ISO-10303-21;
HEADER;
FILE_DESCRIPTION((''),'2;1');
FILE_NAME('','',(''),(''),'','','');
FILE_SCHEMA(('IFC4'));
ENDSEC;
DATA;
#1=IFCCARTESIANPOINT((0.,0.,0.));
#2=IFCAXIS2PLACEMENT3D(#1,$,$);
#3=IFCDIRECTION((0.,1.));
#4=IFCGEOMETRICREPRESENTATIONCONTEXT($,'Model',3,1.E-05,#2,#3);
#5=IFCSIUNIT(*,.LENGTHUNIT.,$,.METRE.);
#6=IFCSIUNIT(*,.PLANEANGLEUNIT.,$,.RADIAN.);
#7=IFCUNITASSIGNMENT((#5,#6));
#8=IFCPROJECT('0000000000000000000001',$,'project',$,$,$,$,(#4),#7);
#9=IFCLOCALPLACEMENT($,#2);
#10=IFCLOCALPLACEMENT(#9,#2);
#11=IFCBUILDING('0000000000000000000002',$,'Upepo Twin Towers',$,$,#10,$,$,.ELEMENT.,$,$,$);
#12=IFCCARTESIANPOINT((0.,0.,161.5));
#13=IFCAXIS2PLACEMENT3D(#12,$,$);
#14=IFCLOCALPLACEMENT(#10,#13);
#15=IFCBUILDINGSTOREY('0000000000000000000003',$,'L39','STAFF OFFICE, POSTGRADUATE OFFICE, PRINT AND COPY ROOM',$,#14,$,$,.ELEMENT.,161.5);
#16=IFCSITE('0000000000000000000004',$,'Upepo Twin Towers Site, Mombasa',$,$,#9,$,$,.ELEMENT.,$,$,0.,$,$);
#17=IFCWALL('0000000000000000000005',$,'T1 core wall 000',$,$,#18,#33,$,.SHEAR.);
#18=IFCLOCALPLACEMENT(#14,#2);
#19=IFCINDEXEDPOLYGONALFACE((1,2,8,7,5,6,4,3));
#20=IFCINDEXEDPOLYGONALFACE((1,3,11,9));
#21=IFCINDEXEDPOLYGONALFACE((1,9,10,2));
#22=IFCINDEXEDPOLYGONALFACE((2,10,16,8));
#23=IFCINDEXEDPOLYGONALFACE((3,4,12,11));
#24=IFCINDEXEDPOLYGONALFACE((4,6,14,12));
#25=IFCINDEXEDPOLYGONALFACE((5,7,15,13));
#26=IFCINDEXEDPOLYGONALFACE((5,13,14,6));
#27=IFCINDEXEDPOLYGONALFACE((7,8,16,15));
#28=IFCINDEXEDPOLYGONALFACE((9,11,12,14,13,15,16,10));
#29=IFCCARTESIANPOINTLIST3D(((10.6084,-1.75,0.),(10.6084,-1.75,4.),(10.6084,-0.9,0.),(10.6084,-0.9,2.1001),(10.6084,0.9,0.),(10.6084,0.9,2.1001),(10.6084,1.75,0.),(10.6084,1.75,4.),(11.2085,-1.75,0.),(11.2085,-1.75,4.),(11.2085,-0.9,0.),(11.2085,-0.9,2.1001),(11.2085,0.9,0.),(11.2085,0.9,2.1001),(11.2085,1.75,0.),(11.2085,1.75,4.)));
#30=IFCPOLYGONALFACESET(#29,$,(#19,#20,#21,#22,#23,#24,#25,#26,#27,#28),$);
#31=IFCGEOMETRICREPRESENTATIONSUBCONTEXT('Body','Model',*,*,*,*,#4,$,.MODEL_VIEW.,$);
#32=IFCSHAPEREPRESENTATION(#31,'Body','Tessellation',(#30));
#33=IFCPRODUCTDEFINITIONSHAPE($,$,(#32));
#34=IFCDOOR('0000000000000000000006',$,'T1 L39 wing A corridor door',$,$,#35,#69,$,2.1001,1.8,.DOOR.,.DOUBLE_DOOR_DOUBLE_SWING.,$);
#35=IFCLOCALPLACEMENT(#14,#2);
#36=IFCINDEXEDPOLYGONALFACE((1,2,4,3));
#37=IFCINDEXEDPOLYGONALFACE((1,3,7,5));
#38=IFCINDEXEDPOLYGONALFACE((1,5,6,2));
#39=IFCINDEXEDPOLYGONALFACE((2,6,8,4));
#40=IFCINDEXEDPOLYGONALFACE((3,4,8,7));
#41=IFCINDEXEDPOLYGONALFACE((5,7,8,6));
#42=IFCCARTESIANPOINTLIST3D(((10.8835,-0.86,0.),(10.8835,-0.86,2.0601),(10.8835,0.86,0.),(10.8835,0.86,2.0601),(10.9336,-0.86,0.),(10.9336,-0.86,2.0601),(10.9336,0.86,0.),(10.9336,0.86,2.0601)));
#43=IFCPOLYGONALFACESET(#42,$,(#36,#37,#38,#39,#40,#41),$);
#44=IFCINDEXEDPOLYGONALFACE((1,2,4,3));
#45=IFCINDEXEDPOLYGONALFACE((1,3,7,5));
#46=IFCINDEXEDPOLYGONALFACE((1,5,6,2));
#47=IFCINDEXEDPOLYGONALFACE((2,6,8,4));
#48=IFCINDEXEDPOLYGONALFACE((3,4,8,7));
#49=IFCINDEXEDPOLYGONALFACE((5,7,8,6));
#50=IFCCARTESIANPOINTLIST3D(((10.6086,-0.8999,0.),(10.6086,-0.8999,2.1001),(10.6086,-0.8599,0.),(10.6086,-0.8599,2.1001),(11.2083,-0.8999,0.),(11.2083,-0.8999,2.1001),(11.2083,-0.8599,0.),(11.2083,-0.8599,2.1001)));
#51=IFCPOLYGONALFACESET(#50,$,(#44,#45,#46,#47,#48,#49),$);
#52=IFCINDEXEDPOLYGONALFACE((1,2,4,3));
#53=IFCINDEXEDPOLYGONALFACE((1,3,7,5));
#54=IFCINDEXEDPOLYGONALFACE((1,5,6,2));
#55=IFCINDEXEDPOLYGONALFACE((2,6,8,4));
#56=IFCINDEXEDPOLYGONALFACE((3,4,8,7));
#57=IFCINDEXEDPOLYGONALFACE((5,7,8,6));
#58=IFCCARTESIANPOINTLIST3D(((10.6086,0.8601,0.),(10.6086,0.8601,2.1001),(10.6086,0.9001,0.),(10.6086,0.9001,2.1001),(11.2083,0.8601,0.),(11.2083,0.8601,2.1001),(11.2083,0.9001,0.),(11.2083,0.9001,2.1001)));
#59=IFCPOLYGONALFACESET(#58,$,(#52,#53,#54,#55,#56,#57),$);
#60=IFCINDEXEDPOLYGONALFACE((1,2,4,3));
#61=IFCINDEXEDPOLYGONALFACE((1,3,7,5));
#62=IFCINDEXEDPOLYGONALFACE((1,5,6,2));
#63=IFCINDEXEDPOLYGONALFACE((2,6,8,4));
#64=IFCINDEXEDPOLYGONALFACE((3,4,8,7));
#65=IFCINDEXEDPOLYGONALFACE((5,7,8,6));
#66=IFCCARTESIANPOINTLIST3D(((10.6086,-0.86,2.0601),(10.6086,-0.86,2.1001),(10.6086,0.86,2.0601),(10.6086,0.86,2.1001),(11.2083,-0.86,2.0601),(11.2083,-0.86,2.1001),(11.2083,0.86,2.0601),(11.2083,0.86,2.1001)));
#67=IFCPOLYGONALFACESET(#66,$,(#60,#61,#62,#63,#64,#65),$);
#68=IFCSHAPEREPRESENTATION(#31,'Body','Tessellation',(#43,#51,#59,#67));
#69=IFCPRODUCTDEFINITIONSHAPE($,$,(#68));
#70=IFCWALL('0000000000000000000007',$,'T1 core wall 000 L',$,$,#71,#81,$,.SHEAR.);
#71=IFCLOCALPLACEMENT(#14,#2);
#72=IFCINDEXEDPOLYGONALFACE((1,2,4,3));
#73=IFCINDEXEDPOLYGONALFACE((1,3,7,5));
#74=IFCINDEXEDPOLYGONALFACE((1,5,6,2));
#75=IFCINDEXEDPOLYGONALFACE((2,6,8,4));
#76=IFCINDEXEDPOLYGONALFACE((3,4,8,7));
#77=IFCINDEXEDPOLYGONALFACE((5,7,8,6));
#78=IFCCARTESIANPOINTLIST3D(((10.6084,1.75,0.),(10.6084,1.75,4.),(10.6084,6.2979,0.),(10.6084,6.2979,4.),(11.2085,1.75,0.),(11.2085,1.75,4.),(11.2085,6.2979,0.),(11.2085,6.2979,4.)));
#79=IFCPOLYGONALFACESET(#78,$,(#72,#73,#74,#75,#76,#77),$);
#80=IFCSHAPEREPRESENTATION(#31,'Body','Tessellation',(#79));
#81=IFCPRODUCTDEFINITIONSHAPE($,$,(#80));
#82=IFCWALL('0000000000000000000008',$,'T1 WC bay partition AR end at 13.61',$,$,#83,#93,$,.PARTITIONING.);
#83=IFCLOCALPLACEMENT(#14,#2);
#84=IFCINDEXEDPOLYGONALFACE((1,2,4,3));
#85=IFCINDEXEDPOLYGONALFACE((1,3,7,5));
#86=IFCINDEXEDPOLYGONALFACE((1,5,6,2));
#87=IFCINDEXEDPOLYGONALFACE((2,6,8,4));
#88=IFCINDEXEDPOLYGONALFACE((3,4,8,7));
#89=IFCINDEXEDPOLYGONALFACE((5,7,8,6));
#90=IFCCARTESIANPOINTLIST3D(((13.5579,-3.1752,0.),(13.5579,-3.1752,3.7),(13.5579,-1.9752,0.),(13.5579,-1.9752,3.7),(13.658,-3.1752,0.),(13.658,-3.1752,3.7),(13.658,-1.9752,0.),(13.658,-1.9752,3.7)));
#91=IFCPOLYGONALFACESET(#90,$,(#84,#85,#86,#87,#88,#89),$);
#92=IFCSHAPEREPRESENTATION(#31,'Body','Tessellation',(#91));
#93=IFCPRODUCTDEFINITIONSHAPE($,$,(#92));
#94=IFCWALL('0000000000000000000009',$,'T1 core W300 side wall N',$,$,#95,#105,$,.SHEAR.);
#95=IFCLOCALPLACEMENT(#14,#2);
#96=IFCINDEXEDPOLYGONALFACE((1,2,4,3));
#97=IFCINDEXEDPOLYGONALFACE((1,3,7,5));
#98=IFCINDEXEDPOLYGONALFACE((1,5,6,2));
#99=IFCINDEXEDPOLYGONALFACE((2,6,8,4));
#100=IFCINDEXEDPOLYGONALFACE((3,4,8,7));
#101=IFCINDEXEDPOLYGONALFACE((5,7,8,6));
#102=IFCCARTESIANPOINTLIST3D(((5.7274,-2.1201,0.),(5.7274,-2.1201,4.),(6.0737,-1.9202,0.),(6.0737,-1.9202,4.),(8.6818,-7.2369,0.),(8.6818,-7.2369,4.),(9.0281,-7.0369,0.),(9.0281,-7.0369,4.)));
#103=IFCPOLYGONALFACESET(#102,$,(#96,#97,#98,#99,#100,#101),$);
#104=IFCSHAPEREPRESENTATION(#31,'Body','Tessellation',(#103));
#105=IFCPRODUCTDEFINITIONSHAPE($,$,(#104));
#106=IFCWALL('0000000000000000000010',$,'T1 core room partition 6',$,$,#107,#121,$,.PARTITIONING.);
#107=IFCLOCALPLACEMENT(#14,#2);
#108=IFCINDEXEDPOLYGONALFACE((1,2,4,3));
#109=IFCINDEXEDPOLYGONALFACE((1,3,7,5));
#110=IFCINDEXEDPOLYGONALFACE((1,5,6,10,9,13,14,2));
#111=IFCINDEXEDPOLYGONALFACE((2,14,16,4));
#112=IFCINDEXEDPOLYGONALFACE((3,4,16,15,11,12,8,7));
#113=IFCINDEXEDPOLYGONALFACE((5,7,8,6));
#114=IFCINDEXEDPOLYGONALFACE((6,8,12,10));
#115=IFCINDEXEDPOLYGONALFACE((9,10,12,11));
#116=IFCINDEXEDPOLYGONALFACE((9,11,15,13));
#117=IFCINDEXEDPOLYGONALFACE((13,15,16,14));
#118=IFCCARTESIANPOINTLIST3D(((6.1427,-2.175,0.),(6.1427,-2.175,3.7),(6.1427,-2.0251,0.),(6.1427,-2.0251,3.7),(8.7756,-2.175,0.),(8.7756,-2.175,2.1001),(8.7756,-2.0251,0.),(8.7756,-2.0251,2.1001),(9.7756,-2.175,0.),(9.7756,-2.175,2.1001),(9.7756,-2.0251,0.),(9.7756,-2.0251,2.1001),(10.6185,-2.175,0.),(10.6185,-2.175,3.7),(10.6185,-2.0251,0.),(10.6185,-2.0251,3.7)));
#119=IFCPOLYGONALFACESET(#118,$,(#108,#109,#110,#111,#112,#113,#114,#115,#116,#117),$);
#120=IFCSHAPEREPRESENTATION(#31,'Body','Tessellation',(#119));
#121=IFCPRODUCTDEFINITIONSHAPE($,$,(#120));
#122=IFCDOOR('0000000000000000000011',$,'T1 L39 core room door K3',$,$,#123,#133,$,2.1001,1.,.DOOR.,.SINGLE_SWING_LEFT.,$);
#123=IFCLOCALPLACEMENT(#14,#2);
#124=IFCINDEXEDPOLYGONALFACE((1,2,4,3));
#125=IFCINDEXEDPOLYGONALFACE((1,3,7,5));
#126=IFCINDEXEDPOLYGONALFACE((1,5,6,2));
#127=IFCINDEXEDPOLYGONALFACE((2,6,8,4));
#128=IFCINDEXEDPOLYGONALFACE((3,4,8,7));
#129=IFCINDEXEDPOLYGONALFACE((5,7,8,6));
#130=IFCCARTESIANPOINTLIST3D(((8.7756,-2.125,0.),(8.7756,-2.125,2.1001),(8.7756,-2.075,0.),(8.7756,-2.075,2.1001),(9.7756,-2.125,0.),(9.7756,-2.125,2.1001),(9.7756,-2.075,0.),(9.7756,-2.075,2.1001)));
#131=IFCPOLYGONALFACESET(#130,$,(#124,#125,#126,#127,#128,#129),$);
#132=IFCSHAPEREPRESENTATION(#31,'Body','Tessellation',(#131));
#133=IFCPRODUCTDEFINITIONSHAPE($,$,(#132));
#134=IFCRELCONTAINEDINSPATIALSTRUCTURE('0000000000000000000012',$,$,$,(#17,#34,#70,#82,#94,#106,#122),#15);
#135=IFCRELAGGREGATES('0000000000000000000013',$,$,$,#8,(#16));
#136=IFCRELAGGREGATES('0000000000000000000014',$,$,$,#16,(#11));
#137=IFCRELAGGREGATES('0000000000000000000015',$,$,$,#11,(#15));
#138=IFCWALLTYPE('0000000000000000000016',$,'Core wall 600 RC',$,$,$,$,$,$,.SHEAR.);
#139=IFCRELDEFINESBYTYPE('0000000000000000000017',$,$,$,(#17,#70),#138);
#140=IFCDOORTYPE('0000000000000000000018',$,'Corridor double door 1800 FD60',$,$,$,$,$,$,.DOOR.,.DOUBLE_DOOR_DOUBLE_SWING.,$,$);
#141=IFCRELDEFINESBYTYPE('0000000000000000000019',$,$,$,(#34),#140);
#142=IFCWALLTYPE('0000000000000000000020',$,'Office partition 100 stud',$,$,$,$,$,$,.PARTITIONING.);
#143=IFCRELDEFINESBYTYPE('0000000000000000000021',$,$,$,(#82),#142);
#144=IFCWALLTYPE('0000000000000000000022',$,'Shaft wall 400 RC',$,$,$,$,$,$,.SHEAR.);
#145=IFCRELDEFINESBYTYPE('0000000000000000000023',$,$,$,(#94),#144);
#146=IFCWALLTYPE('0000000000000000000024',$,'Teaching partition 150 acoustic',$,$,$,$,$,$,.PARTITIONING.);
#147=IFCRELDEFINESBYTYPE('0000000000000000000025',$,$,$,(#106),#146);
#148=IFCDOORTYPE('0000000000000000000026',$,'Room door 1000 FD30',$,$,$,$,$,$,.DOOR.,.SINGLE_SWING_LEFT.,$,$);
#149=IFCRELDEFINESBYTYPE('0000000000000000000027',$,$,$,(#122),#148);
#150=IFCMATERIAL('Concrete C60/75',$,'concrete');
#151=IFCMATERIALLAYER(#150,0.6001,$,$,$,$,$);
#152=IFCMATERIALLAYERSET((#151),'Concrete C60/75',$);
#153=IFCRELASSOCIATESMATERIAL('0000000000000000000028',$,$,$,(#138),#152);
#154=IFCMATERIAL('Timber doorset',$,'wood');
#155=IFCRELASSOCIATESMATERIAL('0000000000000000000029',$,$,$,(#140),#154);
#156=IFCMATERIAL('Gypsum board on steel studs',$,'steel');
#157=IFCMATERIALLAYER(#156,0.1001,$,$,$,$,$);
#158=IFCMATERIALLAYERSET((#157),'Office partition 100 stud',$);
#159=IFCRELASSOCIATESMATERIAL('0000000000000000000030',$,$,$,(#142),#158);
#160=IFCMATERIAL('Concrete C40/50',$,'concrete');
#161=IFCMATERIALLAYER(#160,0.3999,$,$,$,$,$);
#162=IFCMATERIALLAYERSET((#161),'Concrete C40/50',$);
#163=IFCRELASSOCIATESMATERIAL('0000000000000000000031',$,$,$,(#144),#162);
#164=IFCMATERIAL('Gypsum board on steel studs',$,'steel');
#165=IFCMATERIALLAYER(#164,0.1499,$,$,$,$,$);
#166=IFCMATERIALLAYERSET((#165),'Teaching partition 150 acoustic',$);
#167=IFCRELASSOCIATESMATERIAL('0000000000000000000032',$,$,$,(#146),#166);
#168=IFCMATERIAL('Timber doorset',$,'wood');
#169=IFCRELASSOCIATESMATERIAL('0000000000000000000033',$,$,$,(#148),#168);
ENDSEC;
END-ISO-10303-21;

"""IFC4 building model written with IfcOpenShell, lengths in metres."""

from ifc_helpers import new_model, si_unit, direction, frame, frame_2d, origin, place, context, subcontext, project, spatial, rectangle, extrude, material, layer, layer_set, type_object, element, fill, save


model = new_model("IFC4")

# Units and contexts
model_context = context("Model", 3, precision=1e-05, world=origin(), true_north=direction((0.0, 1.0)))
body_context = subcontext(model_context, "Body", "Model", "MODEL_VIEW")
ifc_project = project(units=[si_unit("LENGTHUNIT", "METRE"), si_unit("PLANEANGLEUNIT", "RADIAN")], contexts=[model_context])

# Site, building, storey
site_placement = place(None, origin())
site = spatial("IfcSite", under=ifc_project, at=site_placement, Name="Upepo Twin Towers Site, Mombasa", CompositionType="ELEMENT", RefElevation=0.0)
building_placement = place(site_placement, origin())
building = spatial("IfcBuilding", under=site, at=building_placement, Name="Upepo Twin Towers", CompositionType="ELEMENT")
storey_placement = place(building_placement, frame((0.0, 0.0, 161.5)))
storey = spatial("IfcBuildingStorey", under=building, at=storey_placement, Name="L39", Description="STAFF OFFICE, POSTGRADUATE OFFICE, PRINT AND COPY ROOM", CompositionType="ELEMENT", Elevation=161.5)

# Wall, opening, door
ifc_material_1 = material(Name="Concrete C60/75", Category="concrete")
ifc_layer_1 = layer(ifc_material_1, 0.6001)
ifc_layer_set_1 = layer_set([ifc_layer_1], Name="Concrete C60/75")
wall_type_1 = type_object("IfcWallType", Name="Core wall 600 RC", PredefinedType="SHEAR", material=ifc_layer_set_1)
wall_1_placement = place(storey_placement, frame((10.9084, -1.75, 0.0), z_axis=(0.0, 0.0, 1.0), x_axis=(0.0, 1.0, 0.0)))
wall_1 = element("IfcWall", 1, at=wall_1_placement, inside=storey, type_object=wall_type_1, Name="T1 core wall 000", PredefinedType="SHEAR", context=body_context, shape_type="SweptSolid", body=[
    extrude(rectangle(XDim=3.5, YDim=0.6001, at=frame_2d((1.75, 0.0))), origin(), (0.0, 0.0, 1.0), 4.0),
])
opening_1_placement = place(wall_1_placement, frame((0.8501, 0.0, 0.0)))
opening_1 = element("IfcOpeningElement", 2, at=opening_1_placement, cuts=wall_1, PredefinedType="OPENING", context=body_context, shape_type="SweptSolid", body=[
    extrude(rectangle(XDim=1.8, YDim=2.1001, at=frame_2d((0.8999, 1.05))), frame((0.0, 0.3101, 0.0), z_axis=(0.0, -1.0, 0.0), x_axis=(1.0, 0.0, 0.0)), (0.0, 0.0, 1.0), 0.6201),
])
ifc_material_2 = material(Name="Timber doorset", Category="wood")
door_type_1 = type_object("IfcDoorType", Name="Corridor double door 1800 FD60", OperationType="DOUBLE_DOOR_DOUBLE_SWING", PredefinedType="DOOR", material=ifc_material_2)
door_1_placement = place(opening_1_placement, origin())
door_1 = element("IfcDoor", 3, at=door_1_placement, inside=storey, type_object=door_type_1, Name="T1 L39 wing A corridor door", OperationType="DOUBLE_DOOR_DOUBLE_SWING", OverallHeight=2.1001, OverallWidth=1.8, PredefinedType="DOOR", context=body_context, shape_type="SweptSolid", body=[
    extrude(rectangle(XDim=1.72, YDim=2.0601, at=frame_2d((0.8999, 1.03))), frame((0.0, 0.0249, 0.0), z_axis=(0.0, -1.0, 0.0), x_axis=(1.0, 0.0, 0.0)), (0.0, 0.0, 1.0), 0.05),
    extrude(rectangle(XDim=0.04, YDim=2.1001, at=frame_2d((0.02, 1.05))), frame((0.0, 0.2998, 0.0), z_axis=(0.0, -1.0, 0.0), x_axis=(1.0, 0.0, 0.0)), (0.0, 0.0, 1.0), 0.5996),
    extrude(rectangle(XDim=0.04, YDim=2.1001, at=frame_2d((1.78, 1.05))), frame((0.0, 0.2998, 0.0), z_axis=(0.0, -1.0, 0.0), x_axis=(1.0, 0.0, 0.0)), (0.0, 0.0, 1.0), 0.5996),
    extrude(rectangle(XDim=1.72, YDim=0.04, at=frame_2d((0.8999, 2.0801))), frame((0.0, 0.2998, 0.0), z_axis=(0.0, -1.0, 0.0), x_axis=(1.0, 0.0, 0.0)), (0.0, 0.0, 1.0), 0.5996),
])
fill(opening_1, door_1)

# Walls
wall_2_placement = place(storey_placement, frame((10.9084, 1.75, 0.0), z_axis=(0.0, 0.0, 1.0), x_axis=(0.0, 1.0, 0.0)))
element("IfcWall", 4, at=wall_2_placement, inside=storey, type_object=wall_type_1, Name="T1 core wall 000 L", PredefinedType="SHEAR", context=body_context, shape_type="SweptSolid", body=[
    extrude(rectangle(XDim=4.5479, YDim=0.6001, at=frame_2d((2.2739, 0.0))), origin(), (0.0, 0.0, 1.0), 4.0),
])
ifc_material_3 = material(Name="Gypsum board on steel studs", Category="steel")
ifc_layer_2 = layer(ifc_material_3, 0.1001)
ifc_layer_set_2 = layer_set([ifc_layer_2], Name="Office partition 100 stud")
wall_type_2 = type_object("IfcWallType", Name="Office partition 100 stud", PredefinedType="PARTITIONING", material=ifc_layer_set_2)
wall_3_placement = place(storey_placement, frame((13.6079, -1.9751, 0.0), z_axis=(0.0, 0.0, 1.0), x_axis=(0.0, -1.0, 0.0)))
element("IfcWall", 5, at=wall_3_placement, inside=storey, type_object=wall_type_2, Name="T1 WC bay partition AR end at 13.61", PredefinedType="PARTITIONING", context=body_context, shape_type="SweptSolid", body=[
    extrude(rectangle(XDim=1.2, YDim=0.1001, at=frame_2d((0.6001, 0.0))), origin(), (0.0, 0.0, 1.0), 3.7),
])
ifc_material_4 = material(Name="Concrete C40/50", Category="concrete")
ifc_layer_3 = layer(ifc_material_4, 0.3999)
ifc_layer_set_3 = layer_set([ifc_layer_3], Name="Concrete C40/50")
wall_type_3 = type_object("IfcWallType", Name="Shaft wall 400 RC", PredefinedType="SHEAR", material=ifc_layer_set_3)
wall_4_placement = place(storey_placement, frame((5.9006, -2.0203, 0.0), z_axis=(0.0, 0.0, 1.0), x_axis=(0.500028, -0.866009, 0.0)))
element("IfcWall", 6, at=wall_4_placement, inside=storey, type_object=wall_type_3, Name="T1 core W300 side wall N", PredefinedType="SHEAR", context=body_context, shape_type="SweptSolid", body=[
    extrude(rectangle(XDim=5.9084, YDim=0.3999, at=frame_2d((2.9541, 0.0))), origin(), (0.0, 0.0, 1.0), 4.0),
])

# Wall, opening, door
ifc_material_5 = material(Name="Gypsum board on steel studs", Category="steel")
ifc_layer_4 = layer(ifc_material_5, 0.1499)
ifc_layer_set_4 = layer_set([ifc_layer_4], Name="Teaching partition 150 acoustic")
wall_type_4 = type_object("IfcWallType", Name="Teaching partition 150 acoustic", PredefinedType="PARTITIONING", material=ifc_layer_set_4)
wall_5_placement = place(storey_placement, frame((10.6184, -2.1001, 0.0), z_axis=(0.0, 0.0, 1.0), x_axis=(-1.0, 0.0, 0.0)))
wall_5 = element("IfcWall", 7, at=wall_5_placement, inside=storey, type_object=wall_type_4, Name="T1 core room partition 6", PredefinedType="PARTITIONING", context=body_context, shape_type="SweptSolid", body=[
    extrude(rectangle(XDim=4.4758, YDim=0.1499, at=frame_2d((2.2378, 0.0))), origin(), (0.0, 0.0, 1.0), 3.7),
])
opening_2_placement = place(wall_5_placement, frame((0.8428, 0.0, 0.0)))
opening_2 = element("IfcOpeningElement", 8, at=opening_2_placement, cuts=wall_5, PredefinedType="OPENING", context=body_context, shape_type="SweptSolid", body=[
    extrude(rectangle(XDim=1.0, YDim=2.1001, at=frame_2d((0.5, 1.05))), frame((0.0, 0.085, 0.0), z_axis=(0.0, -1.0, 0.0), x_axis=(1.0, 0.0, 0.0)), (0.0, 0.0, 1.0), 0.1699),
])
ifc_material_6 = material(Name="Timber doorset", Category="wood")
door_type_2 = type_object("IfcDoorType", Name="Room door 1000 FD30", OperationType="SINGLE_SWING_LEFT", PredefinedType="DOOR", material=ifc_material_6)
door_2_placement = place(opening_2_placement, origin())
door_2 = element("IfcDoor", 9, at=door_2_placement, inside=storey, type_object=door_type_2, Name="T1 L39 core room door K3", OperationType="SINGLE_SWING_LEFT", OverallHeight=2.1001, OverallWidth=1.0, PredefinedType="DOOR", context=body_context, shape_type="SweptSolid", body=[
    extrude(rectangle(XDim=1.0, YDim=2.1001, at=frame_2d((0.5, 1.05))), frame((0.0, 0.0249, 0.0), z_axis=(0.0, -1.0, 0.0), x_axis=(1.0, 0.0, 0.0)), (0.0, 0.0, 1.0), 0.05),
])
fill(opening_2, door_2)

save(model, "model.ifc")
